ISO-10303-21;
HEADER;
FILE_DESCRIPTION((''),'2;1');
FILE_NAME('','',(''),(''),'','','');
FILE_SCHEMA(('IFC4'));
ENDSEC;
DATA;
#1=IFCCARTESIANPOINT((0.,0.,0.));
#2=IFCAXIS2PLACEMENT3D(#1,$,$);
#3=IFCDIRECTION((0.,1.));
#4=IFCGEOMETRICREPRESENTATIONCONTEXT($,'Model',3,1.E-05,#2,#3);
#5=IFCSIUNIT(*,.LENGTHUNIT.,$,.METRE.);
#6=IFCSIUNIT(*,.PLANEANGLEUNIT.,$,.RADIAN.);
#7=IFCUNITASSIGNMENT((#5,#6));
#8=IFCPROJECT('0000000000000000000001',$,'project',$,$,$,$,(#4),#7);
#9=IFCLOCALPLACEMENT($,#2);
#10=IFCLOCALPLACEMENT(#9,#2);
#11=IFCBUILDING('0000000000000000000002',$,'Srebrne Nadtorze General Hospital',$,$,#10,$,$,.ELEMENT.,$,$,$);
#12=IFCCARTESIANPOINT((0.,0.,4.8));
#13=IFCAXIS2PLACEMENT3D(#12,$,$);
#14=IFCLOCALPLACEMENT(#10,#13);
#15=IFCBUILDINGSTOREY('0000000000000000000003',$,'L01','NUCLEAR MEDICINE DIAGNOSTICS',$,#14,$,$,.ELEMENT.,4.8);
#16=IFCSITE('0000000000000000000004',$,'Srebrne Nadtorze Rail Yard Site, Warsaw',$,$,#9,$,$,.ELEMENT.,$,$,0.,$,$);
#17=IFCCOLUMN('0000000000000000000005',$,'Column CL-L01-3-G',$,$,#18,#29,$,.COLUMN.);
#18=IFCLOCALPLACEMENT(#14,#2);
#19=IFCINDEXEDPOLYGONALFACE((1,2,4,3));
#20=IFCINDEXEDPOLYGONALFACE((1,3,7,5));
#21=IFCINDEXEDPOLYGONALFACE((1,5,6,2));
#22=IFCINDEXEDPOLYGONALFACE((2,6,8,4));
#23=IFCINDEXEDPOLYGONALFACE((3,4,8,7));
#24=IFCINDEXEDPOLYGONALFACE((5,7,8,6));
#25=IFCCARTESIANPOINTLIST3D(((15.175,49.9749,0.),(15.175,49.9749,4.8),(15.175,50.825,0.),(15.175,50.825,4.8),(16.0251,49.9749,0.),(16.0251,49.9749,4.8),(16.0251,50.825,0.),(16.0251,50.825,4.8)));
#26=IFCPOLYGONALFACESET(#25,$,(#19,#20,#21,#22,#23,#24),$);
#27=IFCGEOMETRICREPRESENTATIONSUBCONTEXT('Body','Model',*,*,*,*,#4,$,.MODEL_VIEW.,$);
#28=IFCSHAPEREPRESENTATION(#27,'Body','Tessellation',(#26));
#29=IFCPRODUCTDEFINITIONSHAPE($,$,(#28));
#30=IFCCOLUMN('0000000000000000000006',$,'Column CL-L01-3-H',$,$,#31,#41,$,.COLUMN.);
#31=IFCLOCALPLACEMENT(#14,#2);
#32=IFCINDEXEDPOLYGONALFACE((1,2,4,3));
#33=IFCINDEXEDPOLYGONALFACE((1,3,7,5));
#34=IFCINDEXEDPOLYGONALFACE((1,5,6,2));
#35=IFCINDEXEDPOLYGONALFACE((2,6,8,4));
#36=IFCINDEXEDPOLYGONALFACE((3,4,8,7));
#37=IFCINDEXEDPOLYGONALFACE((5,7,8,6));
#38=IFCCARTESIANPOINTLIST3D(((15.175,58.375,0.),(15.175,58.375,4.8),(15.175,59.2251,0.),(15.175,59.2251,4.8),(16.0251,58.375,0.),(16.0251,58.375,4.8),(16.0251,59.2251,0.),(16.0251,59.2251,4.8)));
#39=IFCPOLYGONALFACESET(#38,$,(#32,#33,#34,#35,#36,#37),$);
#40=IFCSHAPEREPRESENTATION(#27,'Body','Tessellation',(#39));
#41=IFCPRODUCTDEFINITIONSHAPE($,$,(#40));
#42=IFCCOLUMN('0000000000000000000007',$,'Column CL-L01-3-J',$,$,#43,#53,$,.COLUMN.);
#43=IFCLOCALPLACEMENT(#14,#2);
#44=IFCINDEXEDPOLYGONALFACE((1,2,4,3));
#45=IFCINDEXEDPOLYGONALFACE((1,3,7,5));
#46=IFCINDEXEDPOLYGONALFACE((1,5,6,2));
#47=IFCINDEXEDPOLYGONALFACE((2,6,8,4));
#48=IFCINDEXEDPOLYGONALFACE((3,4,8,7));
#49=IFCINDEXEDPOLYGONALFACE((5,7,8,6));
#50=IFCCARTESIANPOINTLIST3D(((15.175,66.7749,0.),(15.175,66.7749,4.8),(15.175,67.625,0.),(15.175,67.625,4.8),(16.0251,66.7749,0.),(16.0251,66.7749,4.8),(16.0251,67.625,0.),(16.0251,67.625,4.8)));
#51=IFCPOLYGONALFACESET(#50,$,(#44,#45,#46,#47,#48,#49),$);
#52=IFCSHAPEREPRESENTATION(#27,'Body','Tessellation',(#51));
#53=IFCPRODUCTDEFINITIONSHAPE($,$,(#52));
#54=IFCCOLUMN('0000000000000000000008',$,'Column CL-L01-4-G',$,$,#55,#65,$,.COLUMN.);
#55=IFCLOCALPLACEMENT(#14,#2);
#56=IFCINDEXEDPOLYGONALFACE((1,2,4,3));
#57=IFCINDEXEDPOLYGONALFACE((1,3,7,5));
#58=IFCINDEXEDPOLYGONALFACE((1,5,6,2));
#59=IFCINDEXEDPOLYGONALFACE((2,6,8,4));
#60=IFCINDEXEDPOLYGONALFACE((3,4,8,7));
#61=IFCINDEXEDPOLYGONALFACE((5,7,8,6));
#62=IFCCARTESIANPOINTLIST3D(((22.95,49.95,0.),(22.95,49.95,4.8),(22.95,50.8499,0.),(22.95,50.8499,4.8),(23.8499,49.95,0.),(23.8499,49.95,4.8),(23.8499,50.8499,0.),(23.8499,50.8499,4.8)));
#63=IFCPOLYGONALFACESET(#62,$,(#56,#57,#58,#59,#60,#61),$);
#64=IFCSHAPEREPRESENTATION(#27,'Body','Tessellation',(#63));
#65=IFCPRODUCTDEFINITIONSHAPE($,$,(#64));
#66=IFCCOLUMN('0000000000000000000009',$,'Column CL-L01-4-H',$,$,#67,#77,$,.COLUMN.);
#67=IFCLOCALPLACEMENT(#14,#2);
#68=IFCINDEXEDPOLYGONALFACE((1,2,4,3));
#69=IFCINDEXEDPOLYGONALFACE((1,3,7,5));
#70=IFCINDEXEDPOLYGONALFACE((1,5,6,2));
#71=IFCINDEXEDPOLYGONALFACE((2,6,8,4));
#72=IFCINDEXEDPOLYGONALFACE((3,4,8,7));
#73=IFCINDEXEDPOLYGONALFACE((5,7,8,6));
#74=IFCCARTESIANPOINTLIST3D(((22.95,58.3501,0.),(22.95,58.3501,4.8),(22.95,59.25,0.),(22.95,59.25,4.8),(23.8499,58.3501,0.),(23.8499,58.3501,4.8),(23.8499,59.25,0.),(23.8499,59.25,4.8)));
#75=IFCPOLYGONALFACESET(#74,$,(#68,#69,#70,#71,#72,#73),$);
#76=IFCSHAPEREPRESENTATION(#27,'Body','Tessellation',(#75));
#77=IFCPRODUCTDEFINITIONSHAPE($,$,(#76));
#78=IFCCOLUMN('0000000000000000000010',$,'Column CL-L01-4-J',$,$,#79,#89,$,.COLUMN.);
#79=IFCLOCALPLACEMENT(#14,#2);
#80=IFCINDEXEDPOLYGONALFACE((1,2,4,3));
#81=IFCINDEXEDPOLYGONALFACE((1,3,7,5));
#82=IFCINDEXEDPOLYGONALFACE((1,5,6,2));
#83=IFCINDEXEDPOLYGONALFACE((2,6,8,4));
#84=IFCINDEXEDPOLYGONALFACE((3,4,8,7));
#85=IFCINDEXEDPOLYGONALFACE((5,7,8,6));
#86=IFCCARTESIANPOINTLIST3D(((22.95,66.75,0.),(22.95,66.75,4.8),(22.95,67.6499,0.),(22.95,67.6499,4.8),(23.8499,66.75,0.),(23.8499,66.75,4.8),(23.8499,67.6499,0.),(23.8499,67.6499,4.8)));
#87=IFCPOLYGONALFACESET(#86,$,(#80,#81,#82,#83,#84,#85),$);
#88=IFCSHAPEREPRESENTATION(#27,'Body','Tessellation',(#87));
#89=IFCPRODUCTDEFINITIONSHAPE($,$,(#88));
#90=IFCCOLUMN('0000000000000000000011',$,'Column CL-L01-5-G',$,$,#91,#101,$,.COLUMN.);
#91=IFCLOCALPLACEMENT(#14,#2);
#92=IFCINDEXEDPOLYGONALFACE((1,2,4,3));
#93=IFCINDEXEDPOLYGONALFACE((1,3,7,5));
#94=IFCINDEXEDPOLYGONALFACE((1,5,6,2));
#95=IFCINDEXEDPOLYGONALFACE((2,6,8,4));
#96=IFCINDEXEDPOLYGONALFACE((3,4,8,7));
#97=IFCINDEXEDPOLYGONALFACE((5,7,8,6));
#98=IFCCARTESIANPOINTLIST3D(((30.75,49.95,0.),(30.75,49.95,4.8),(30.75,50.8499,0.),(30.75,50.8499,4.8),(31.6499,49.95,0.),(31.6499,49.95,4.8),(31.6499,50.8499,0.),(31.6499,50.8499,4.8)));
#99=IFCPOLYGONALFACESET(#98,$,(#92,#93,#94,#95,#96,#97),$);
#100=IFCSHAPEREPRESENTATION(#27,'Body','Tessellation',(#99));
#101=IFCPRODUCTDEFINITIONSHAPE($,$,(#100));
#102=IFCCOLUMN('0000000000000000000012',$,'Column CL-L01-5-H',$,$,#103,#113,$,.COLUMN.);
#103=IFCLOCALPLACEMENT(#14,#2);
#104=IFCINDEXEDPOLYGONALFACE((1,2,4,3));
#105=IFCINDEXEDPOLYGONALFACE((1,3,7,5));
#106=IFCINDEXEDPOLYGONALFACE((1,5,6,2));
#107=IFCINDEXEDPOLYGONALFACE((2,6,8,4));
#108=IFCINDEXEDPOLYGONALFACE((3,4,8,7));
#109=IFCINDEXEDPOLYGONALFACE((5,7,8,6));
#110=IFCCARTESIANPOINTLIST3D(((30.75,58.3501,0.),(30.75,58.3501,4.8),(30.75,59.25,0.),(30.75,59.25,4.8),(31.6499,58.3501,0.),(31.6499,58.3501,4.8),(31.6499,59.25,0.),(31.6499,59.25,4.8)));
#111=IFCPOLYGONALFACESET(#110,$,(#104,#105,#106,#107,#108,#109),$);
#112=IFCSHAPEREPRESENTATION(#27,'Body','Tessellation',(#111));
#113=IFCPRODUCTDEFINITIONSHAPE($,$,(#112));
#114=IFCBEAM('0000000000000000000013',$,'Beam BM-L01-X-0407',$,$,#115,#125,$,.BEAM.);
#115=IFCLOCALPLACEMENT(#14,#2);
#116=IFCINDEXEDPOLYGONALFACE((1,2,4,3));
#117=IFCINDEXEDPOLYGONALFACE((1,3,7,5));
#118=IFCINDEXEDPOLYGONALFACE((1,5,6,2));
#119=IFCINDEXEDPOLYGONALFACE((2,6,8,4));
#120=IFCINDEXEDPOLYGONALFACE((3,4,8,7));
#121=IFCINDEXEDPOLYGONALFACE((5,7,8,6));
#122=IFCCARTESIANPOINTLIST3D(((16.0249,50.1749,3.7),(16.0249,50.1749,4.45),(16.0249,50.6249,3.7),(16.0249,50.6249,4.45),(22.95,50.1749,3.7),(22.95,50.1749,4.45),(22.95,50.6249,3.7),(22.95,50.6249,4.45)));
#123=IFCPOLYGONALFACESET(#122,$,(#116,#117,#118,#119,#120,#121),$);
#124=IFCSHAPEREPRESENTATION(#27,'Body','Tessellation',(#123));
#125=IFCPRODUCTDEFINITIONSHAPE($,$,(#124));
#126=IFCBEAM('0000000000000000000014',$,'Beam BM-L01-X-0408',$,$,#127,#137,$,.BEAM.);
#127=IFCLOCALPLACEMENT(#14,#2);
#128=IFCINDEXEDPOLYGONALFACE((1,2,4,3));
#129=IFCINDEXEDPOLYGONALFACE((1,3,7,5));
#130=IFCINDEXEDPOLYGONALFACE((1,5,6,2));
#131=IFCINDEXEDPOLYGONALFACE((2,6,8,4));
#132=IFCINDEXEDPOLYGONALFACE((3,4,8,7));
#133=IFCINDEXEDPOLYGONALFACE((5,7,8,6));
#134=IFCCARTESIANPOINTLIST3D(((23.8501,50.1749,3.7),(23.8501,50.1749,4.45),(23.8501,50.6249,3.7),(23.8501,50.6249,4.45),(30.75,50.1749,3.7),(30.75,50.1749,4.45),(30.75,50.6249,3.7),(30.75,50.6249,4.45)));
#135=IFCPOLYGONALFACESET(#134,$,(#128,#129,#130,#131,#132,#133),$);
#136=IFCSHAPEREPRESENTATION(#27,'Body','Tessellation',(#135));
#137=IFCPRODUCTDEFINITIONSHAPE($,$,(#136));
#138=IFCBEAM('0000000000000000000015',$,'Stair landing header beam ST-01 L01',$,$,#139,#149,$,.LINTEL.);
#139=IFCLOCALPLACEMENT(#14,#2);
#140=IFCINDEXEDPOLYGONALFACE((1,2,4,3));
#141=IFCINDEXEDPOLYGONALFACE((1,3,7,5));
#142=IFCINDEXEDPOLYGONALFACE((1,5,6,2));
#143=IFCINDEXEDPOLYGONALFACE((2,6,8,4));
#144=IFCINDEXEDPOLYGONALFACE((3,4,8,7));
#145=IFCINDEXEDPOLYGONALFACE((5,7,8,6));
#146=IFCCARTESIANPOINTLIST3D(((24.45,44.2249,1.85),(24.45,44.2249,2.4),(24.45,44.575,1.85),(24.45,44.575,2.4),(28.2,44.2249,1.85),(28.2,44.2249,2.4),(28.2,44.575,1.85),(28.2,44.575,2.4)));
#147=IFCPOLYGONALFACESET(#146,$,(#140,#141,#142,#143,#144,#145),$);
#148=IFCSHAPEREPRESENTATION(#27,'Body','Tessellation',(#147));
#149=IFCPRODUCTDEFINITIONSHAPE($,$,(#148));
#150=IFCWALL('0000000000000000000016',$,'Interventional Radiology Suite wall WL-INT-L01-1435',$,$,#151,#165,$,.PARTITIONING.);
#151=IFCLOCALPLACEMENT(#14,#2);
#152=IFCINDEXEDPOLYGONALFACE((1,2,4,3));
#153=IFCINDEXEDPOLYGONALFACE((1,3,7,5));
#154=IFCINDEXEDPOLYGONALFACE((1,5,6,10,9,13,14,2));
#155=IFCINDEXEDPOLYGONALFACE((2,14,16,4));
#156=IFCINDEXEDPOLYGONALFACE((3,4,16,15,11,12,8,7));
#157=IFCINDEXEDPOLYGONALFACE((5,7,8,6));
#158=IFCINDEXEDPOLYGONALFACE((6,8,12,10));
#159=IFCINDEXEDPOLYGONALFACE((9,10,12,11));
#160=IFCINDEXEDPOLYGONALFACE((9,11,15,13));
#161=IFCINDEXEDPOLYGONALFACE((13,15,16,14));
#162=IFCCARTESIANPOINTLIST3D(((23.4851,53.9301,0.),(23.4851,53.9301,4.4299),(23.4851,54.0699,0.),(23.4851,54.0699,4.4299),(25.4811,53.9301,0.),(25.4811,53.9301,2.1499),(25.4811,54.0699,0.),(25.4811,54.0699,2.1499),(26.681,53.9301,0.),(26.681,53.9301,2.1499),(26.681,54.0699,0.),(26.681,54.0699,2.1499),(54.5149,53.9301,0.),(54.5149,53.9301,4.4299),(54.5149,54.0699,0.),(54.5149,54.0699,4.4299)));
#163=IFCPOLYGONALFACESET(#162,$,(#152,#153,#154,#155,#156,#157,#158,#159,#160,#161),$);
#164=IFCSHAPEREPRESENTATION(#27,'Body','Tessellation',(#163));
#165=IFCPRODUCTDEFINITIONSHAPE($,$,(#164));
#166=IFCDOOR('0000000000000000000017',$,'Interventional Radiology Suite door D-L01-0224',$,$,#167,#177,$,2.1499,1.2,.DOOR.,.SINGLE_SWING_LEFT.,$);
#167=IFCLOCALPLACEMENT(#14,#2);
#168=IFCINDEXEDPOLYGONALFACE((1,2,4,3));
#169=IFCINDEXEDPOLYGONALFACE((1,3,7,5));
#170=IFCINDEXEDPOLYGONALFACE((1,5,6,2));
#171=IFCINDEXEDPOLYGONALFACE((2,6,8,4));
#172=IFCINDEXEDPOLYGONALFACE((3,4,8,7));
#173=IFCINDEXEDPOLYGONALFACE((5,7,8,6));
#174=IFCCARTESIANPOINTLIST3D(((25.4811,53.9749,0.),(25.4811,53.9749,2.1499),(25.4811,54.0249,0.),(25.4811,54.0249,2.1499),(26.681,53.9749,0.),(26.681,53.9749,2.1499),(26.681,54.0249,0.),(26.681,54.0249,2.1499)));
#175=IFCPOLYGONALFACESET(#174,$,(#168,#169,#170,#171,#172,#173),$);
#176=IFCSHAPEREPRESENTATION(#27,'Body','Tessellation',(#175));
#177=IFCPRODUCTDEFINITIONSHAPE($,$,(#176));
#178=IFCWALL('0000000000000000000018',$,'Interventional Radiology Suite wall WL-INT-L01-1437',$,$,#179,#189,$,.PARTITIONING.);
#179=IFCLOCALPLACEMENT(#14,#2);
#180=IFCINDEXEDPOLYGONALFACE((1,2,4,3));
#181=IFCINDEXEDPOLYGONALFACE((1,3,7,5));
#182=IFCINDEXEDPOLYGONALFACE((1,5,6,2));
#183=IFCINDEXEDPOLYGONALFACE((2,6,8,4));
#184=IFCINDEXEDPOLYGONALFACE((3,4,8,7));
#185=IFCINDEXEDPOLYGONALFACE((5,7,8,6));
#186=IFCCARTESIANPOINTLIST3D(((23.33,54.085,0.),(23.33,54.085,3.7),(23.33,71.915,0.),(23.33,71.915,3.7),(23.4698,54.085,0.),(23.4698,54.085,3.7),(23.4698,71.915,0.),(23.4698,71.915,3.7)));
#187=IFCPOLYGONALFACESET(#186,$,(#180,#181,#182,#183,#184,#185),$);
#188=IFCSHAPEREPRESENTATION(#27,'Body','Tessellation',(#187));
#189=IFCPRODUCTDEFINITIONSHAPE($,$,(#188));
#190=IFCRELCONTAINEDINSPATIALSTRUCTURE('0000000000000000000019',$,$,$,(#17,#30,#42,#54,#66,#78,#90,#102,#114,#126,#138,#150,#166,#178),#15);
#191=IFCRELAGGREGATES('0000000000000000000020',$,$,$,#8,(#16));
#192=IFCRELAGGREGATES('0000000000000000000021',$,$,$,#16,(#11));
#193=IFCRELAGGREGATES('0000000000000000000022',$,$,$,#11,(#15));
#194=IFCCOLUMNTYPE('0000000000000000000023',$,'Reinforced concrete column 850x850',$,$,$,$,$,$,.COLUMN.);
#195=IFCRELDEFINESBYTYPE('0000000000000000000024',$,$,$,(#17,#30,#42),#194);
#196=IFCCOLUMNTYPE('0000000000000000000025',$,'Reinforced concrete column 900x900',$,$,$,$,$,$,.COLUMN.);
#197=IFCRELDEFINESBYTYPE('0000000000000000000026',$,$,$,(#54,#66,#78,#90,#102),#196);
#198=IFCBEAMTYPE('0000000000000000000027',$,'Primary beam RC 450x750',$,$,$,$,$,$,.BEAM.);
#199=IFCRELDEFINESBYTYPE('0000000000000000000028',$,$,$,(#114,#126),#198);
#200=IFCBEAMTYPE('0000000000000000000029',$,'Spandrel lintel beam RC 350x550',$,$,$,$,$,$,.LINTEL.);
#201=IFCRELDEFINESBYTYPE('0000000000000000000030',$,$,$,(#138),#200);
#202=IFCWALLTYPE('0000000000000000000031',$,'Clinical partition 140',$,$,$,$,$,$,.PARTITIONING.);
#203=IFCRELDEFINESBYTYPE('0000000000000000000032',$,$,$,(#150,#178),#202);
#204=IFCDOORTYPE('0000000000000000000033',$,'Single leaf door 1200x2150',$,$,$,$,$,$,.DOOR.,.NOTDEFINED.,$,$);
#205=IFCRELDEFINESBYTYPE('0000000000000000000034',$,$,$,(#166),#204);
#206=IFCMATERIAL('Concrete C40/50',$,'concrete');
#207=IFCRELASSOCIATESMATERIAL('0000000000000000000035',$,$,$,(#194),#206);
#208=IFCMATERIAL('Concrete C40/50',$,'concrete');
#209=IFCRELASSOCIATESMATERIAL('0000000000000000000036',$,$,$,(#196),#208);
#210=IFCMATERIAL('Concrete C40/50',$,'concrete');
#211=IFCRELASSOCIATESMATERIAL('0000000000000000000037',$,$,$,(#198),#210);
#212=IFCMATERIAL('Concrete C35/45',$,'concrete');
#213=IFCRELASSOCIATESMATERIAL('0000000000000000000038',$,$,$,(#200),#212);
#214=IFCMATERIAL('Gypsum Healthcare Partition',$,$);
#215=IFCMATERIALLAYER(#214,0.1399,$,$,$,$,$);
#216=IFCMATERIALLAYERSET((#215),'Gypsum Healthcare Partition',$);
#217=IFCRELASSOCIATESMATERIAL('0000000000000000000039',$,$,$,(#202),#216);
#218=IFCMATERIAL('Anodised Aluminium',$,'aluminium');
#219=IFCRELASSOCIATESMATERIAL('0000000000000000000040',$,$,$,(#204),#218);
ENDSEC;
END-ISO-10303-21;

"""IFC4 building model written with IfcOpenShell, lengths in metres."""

from ifc_helpers import new_model, si_unit, direction, frame, frame_2d, origin, origin_2d, place, context, subcontext, project, spatial, rectangle, extrude, material, layer, layer_set, material_profile, profile_set, type_object, element, fill, save


model = new_model("IFC4")

# Units and contexts
model_context = context("Model", 3, precision=1e-05, world=origin(), true_north=direction((0.0, 1.0)))
body_context = subcontext(model_context, "Body", "Model", "MODEL_VIEW")
ifc_project = project(units=[si_unit("LENGTHUNIT", "METRE"), si_unit("PLANEANGLEUNIT", "RADIAN")], contexts=[model_context])

# Site, building, storey
site_placement = place(None, origin())
site = spatial("IfcSite", under=ifc_project, at=site_placement, Name="Srebrne Nadtorze Rail Yard Site, Warsaw", CompositionType="ELEMENT", RefElevation=0.0)
building_placement = place(site_placement, origin())
building = spatial("IfcBuilding", under=site, at=building_placement, Name="Srebrne Nadtorze General Hospital", CompositionType="ELEMENT")
storey_placement = place(building_placement, frame((0.0, 0.0, 4.8)))
storey = spatial("IfcBuildingStorey", under=building, at=storey_placement, Name="L01", Description="NUCLEAR MEDICINE DIAGNOSTICS", CompositionType="ELEMENT", Elevation=4.8)

# Columns
ifc_material_1 = material(Name="Concrete C40/50", Category="concrete")
ifc_material_profile_1 = material_profile(ifc_material_1, rectangle(XDim=0.8501, YDim=0.8501, at=origin_2d()), Name="RC-COL-850x850")
ifc_profile_set_1 = profile_set([ifc_material_profile_1], Name="Concrete C40/50")
column_type_1 = type_object("IfcColumnType", Name="Reinforced concrete column 850x850", PredefinedType="COLUMN", material=ifc_profile_set_1)
for number, where, z_axis, x_axis, name in (
    (1, (15.6001, 50.3999, 0.0), (0.0, 0.0, 1.0), (1.0, 0.0, 0.0), "Column CL-L01-3-G"),
    (2, (15.6001, 58.8, 0.0), (0.0, 0.0, 1.0), (1.0, 0.0, 0.0), "Column CL-L01-3-H"),
    (3, (15.6001, 67.2, 0.0), (0.0, 0.0, 1.0), (1.0, 0.0, 0.0), "Column CL-L01-3-J"),
):
    element("IfcColumn", number, at=place(storey_placement, frame(where, z_axis=z_axis, x_axis=x_axis)), inside=storey, type_object=column_type_1, Name=name, PredefinedType="COLUMN", context=body_context, shape_type="SweptSolid", body=[
        extrude(rectangle(XDim=0.8501, YDim=0.8501, at=origin_2d()), origin(), (0.0, 0.0, 1.0), 4.8),
    ])
ifc_material_2 = material(Name="Concrete C40/50", Category="concrete")
ifc_material_profile_2 = material_profile(ifc_material_2, rectangle(XDim=0.8999, YDim=0.8999, at=origin_2d()), Name="RC-COL-900x900")
ifc_profile_set_2 = profile_set([ifc_material_profile_2], Name="Concrete C40/50")
column_type_2 = type_object("IfcColumnType", Name="Reinforced concrete column 900x900", PredefinedType="COLUMN", material=ifc_profile_set_2)
for number, where, z_axis, x_axis, name in (
    (4, (23.3999, 50.3999, 0.0), (0.0, 0.0, 1.0), (1.0, 0.0, 0.0), "Column CL-L01-4-G"),
    (5, (23.3999, 58.8, 0.0), (0.0, 0.0, 1.0), (1.0, 0.0, 0.0), "Column CL-L01-4-H"),
    (6, (23.3999, 67.2, 0.0), (0.0, 0.0, 1.0), (1.0, 0.0, 0.0), "Column CL-L01-4-J"),
    (7, (31.2, 50.3999, 0.0), (0.0, 0.0, 1.0), (1.0, 0.0, 0.0), "Column CL-L01-5-G"),
    (8, (31.2, 58.8, 0.0), (0.0, 0.0, 1.0), (1.0, 0.0, 0.0), "Column CL-L01-5-H"),
):
    element("IfcColumn", number, at=place(storey_placement, frame(where, z_axis=z_axis, x_axis=x_axis)), inside=storey, type_object=column_type_2, Name=name, PredefinedType="COLUMN", context=body_context, shape_type="SweptSolid", body=[
        extrude(rectangle(XDim=0.8999, YDim=0.8999, at=origin_2d()), origin(), (0.0, 0.0, 1.0), 4.8),
    ])

# Beams
ifc_material_3 = material(Name="Concrete C40/50", Category="concrete")
ifc_material_profile_3 = material_profile(ifc_material_3, rectangle(XDim=0.45, YDim=0.75, at=origin_2d()), Name="RC-BM-450x750")
ifc_profile_set_3 = profile_set([ifc_material_profile_3], Name="Concrete C40/50")
beam_type_1 = type_object("IfcBeamType", Name="Primary beam RC 450x750", PredefinedType="BEAM", material=ifc_profile_set_3)
beam_1_placement = place(storey_placement, frame((16.0249, 50.3999, 4.075), z_axis=(1.0, 0.0, 0.0), x_axis=(0.0, 1.0, 0.0)))
element("IfcBeam", 9, at=beam_1_placement, inside=storey, type_object=beam_type_1, Name="Beam BM-L01-X-0407", PredefinedType="BEAM", context=body_context, shape_type="SweptSolid", body=[
    extrude(rectangle(XDim=0.45, YDim=0.75, at=origin_2d()), origin(), (0.0, 0.0, 1.0), 6.925),
])
beam_2_placement = place(storey_placement, frame((23.8501, 50.3999, 4.075), z_axis=(1.0, 0.0, 0.0), x_axis=(0.0, 1.0, 0.0)))
element("IfcBeam", 10, at=beam_2_placement, inside=storey, type_object=beam_type_1, Name="Beam BM-L01-X-0408", PredefinedType="BEAM", context=body_context, shape_type="SweptSolid", body=[
    extrude(rectangle(XDim=0.45, YDim=0.75, at=origin_2d()), origin(), (0.0, 0.0, 1.0), 6.8999),
])
ifc_material_4 = material(Name="Concrete C35/45", Category="concrete")
ifc_material_profile_4 = material_profile(ifc_material_4, rectangle(XDim=0.3501, YDim=0.55, at=origin_2d()), Name="RC-BM-350x550")
ifc_profile_set_4 = profile_set([ifc_material_profile_4], Name="Concrete C35/45")
beam_type_2 = type_object("IfcBeamType", Name="Spandrel lintel beam RC 350x550", PredefinedType="LINTEL", material=ifc_profile_set_4)
beam_3_placement = place(storey_placement, frame((24.45, 44.3999, 2.125), z_axis=(1.0, 0.0, 0.0), x_axis=(0.0, 1.0, 0.0)))
element("IfcBeam", 11, at=beam_3_placement, inside=storey, type_object=beam_type_2, Name="Stair landing header beam ST-01 L01", PredefinedType="LINTEL", context=body_context, shape_type="SweptSolid", body=[
    extrude(rectangle(XDim=0.3501, YDim=0.55, at=origin_2d()), origin(), (0.0, 0.0, 1.0), 3.75),
])

# Wall, opening, door
ifc_material_5 = material(Name="Gypsum Healthcare Partition")
ifc_layer_1 = layer(ifc_material_5, 0.1399)
ifc_layer_set_1 = layer_set([ifc_layer_1], Name="Gypsum Healthcare Partition")
wall_type_1 = type_object("IfcWallType", Name="Clinical partition 140", PredefinedType="PARTITIONING", material=ifc_layer_set_1)
wall_1_placement = place(storey_placement, frame((23.4851, 54.0, 0.0), z_axis=(0.0, 0.0, 1.0), x_axis=(1.0, 0.0, 0.0)))
wall_1 = element("IfcWall", 12, at=wall_1_placement, inside=storey, type_object=wall_type_1, Name="Interventional Radiology Suite wall WL-INT-L01-1435", PredefinedType="PARTITIONING", context=body_context, shape_type="SweptSolid", body=[
    extrude(rectangle(XDim=31.0298, YDim=0.1399, at=frame_2d((15.5149, 0.0))), origin(), (0.0, 0.0, 1.0), 4.4299),
])
opening_placement = place(wall_1_placement, frame((1.9958, 0.0, 0.0)))
opening = element("IfcOpeningElement", 13, at=opening_placement, cuts=wall_1, PredefinedType="OPENING", context=body_context, shape_type="SweptSolid", body=[
    extrude(rectangle(XDim=1.2, YDim=2.1499, at=frame_2d((0.6001, 1.075))), frame((0.0, 0.082, 0.0), z_axis=(0.0, -1.0, 0.0), x_axis=(1.0, 0.0, 0.0)), (0.0, 0.0, 1.0), 0.1638),
])
ifc_material_6 = material(Name="Anodised Aluminium", Category="aluminium")
door_type = type_object("IfcDoorType", Name="Single leaf door 1200x2150", OperationType="NOTDEFINED", PredefinedType="DOOR", material=ifc_material_6)
door_placement = place(opening_placement, origin())
door = element("IfcDoor", 14, at=door_placement, inside=storey, type_object=door_type, Name="Interventional Radiology Suite door D-L01-0224", OperationType="SINGLE_SWING_LEFT", OverallHeight=2.1499, OverallWidth=1.2, PredefinedType="DOOR", context=body_context, shape_type="SweptSolid", body=[
    extrude(rectangle(XDim=1.2, YDim=2.1499, at=frame_2d((0.6001, 1.075))), frame((0.0, 0.0249, 0.0), z_axis=(0.0, -1.0, 0.0), x_axis=(1.0, 0.0, 0.0)), (0.0, 0.0, 1.0), 0.05),
])
fill(opening, door)

# Wall
wall_2_placement = place(storey_placement, frame((23.3999, 54.085, 0.0), z_axis=(0.0, 0.0, 1.0), x_axis=(0.0, 1.0, 0.0)))
element("IfcWall", 15, at=wall_2_placement, inside=storey, type_object=wall_type_1, Name="Interventional Radiology Suite wall WL-INT-L01-1437", PredefinedType="PARTITIONING", context=body_context, shape_type="SweptSolid", body=[
    extrude(rectangle(XDim=17.8301, YDim=0.1399, at=frame_2d((8.915, 0.0))), origin(), (0.0, 0.0, 1.0), 3.7),
])

save(model, "model.ifc")
